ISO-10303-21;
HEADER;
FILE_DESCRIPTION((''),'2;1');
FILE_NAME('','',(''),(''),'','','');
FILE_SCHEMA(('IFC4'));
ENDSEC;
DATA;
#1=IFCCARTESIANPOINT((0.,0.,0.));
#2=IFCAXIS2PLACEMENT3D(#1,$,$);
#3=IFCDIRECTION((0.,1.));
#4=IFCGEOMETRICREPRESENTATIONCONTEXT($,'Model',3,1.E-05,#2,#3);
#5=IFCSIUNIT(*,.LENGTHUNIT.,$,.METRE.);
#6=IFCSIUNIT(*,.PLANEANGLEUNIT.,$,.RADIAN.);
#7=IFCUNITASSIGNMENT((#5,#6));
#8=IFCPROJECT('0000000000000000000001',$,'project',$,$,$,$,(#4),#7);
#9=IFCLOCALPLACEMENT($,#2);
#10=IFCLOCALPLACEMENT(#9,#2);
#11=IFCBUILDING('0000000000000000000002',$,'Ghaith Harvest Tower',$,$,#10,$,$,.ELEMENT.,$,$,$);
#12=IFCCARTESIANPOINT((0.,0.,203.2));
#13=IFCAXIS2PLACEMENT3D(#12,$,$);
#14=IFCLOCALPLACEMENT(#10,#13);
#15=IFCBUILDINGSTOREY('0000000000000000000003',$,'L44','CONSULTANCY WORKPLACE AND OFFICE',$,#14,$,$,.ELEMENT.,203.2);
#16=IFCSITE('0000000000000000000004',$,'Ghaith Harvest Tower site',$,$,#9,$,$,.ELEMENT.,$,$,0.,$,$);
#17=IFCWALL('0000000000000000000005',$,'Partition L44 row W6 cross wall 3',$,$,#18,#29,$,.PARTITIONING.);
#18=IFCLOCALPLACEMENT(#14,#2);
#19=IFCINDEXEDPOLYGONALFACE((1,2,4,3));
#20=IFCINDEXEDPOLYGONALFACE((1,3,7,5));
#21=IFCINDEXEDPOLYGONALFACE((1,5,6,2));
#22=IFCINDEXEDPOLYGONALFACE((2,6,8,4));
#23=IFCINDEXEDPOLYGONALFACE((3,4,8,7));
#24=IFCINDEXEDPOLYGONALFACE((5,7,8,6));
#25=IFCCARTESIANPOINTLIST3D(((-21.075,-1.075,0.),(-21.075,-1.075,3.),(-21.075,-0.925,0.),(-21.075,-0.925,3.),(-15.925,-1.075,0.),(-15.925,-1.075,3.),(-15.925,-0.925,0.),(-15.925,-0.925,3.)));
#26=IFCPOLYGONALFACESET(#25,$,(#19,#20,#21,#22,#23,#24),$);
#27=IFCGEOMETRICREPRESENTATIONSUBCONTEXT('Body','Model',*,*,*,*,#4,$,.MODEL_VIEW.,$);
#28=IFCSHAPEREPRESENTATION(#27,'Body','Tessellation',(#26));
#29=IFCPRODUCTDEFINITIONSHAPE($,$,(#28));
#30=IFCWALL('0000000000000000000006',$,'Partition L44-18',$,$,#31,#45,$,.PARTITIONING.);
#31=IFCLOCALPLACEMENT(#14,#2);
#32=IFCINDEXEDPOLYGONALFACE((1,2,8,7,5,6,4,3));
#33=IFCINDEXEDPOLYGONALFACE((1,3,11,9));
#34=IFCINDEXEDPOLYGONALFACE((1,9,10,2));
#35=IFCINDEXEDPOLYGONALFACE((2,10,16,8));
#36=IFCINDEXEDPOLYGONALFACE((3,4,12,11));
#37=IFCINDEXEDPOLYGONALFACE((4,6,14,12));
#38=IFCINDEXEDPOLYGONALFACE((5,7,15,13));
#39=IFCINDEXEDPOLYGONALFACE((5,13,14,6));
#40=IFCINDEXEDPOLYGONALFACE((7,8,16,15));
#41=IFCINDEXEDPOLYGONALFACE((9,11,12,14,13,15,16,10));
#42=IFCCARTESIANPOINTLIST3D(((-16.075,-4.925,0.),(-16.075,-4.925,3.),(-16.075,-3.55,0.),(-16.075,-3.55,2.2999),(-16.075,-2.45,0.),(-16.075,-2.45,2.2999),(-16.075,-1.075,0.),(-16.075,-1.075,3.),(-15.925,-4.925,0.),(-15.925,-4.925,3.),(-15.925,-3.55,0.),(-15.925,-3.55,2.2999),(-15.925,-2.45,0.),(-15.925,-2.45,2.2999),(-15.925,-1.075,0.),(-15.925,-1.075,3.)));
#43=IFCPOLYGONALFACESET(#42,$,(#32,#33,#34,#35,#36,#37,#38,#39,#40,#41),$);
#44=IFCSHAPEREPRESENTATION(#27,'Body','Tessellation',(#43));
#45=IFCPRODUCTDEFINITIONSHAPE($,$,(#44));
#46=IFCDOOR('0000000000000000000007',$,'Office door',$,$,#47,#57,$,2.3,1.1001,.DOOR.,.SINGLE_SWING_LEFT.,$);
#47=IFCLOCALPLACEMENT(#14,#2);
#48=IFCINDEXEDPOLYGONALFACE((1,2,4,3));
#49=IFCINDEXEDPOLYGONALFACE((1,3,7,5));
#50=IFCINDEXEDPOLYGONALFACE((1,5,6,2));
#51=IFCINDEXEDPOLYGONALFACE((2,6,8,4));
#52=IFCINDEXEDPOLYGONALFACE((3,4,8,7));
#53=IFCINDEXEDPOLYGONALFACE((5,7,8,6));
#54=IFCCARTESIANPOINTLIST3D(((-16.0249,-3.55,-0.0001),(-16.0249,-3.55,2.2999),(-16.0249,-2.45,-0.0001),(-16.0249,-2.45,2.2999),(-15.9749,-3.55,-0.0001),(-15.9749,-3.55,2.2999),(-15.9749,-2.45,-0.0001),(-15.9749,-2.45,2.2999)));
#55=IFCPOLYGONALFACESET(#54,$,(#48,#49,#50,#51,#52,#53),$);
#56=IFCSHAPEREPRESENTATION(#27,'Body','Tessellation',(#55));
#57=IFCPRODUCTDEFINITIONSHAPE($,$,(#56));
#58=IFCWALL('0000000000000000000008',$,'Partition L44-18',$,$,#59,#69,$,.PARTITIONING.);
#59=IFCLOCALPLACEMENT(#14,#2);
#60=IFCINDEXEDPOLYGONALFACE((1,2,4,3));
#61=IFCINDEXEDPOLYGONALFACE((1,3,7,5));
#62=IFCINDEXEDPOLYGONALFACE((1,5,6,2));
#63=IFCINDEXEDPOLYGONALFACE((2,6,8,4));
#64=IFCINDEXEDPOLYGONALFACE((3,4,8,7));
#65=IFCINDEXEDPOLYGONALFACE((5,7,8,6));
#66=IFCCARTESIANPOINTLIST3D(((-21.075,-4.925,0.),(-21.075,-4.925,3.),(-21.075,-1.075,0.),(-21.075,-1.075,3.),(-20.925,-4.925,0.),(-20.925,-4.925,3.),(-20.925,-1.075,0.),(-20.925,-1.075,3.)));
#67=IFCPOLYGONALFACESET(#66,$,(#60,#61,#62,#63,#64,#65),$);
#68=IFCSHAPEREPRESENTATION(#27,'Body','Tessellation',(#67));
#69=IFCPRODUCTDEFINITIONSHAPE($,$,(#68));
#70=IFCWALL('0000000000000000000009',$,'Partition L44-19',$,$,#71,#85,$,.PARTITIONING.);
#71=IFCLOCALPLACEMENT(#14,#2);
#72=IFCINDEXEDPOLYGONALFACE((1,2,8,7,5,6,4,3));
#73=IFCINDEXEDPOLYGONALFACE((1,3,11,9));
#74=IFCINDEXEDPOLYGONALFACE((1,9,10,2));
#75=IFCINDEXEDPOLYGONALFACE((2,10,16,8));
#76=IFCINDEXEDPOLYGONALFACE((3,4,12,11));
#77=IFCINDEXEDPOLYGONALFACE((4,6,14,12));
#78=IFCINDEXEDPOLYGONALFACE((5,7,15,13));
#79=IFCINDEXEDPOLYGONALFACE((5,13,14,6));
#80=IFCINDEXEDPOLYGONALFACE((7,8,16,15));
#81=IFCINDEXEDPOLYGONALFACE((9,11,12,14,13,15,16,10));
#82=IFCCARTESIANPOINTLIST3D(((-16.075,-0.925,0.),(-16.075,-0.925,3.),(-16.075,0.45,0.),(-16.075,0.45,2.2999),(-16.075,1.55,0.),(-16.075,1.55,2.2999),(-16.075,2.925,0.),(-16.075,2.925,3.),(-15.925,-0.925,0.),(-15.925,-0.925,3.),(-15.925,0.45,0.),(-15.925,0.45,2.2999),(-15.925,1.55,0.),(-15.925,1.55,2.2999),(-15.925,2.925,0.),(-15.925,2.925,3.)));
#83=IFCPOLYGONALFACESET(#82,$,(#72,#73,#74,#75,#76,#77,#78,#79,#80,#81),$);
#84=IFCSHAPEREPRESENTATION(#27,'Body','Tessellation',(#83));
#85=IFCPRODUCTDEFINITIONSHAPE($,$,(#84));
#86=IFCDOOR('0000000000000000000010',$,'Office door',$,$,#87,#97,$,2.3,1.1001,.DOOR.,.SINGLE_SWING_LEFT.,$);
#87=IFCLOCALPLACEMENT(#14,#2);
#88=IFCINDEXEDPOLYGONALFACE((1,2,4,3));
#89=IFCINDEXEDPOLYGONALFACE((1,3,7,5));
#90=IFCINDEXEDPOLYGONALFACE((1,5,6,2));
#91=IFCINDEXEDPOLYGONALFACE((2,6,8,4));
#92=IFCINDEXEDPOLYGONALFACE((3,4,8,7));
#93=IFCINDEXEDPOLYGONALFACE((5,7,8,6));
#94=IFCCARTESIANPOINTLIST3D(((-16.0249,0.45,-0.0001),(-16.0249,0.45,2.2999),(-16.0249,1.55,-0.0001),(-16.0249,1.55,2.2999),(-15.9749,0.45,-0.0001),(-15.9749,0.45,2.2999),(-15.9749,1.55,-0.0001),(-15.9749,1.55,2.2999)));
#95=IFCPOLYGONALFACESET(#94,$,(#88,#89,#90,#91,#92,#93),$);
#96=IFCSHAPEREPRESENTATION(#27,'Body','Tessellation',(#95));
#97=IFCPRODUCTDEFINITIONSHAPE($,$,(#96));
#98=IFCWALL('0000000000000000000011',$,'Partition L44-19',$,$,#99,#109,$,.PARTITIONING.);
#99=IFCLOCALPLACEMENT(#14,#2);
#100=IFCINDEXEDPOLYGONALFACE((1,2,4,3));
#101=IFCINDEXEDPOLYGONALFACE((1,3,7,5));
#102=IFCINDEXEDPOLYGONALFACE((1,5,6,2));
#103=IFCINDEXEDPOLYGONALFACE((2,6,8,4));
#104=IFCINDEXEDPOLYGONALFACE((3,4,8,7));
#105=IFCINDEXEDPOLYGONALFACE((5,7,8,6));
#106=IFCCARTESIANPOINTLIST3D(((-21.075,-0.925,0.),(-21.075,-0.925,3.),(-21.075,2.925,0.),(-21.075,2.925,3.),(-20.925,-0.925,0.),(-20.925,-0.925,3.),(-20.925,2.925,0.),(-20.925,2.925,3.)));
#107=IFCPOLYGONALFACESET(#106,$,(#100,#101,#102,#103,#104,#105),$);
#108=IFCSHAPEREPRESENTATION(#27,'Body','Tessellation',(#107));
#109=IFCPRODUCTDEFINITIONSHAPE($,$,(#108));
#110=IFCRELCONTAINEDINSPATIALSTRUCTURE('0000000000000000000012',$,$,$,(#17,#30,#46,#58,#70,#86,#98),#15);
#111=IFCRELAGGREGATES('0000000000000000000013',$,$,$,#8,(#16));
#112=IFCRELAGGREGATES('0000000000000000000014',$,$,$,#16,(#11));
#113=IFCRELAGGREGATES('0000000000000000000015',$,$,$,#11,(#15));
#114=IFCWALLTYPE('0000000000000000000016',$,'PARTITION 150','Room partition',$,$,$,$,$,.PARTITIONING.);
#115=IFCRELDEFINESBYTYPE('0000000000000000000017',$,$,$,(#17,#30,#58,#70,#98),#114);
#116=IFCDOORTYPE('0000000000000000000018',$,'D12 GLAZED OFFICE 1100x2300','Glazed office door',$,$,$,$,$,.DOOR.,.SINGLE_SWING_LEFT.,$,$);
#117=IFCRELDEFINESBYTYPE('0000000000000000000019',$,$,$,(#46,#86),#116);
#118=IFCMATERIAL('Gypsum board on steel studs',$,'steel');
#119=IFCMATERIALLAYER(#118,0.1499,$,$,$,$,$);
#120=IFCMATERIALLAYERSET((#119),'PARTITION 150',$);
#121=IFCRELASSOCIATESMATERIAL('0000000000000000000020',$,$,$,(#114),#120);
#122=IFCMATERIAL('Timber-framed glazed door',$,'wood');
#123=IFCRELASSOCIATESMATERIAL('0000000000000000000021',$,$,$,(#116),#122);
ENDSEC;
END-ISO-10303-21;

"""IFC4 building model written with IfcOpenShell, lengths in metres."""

from ifc_helpers import new_model, si_unit, direction, frame, frame_2d, origin, place, context, subcontext, project, spatial, rectangle, extrude, material, layer, layer_set, type_object, element, fill, save


model = new_model("IFC4")

# Units and contexts
model_context = context("Model", 3, precision=1e-05, world=origin(), true_north=direction((0.0, 1.0)))
body_context = subcontext(model_context, "Body", "Model", "MODEL_VIEW")
ifc_project = project(units=[si_unit("LENGTHUNIT", "METRE"), si_unit("PLANEANGLEUNIT", "RADIAN")], contexts=[model_context])

# Site, building, storey
site_placement = place(None, origin())
site = spatial("IfcSite", under=ifc_project, at=site_placement, Name="Ghaith Harvest Tower site", CompositionType="ELEMENT", RefElevation=0.0)
building_placement = place(site_placement, origin())
building = spatial("IfcBuilding", under=site, at=building_placement, Name="Ghaith Harvest Tower", CompositionType="ELEMENT")
storey_placement = place(building_placement, frame((0.0, 0.0, 203.2)))
storey = spatial("IfcBuildingStorey", under=building, at=storey_placement, Name="L44", Description="CONSULTANCY WORKPLACE AND OFFICE", CompositionType="ELEMENT", Elevation=203.2)

# Wall
ifc_material_1 = material(Name="Gypsum board on steel studs", Category="steel")
ifc_layer_1 = layer(ifc_material_1, 0.1499)
ifc_layer_set_1 = layer_set([ifc_layer_1], Name="PARTITION 150")
wall_type = type_object("IfcWallType", Name="PARTITION 150", Description="Room partition", PredefinedType="PARTITIONING", material=ifc_layer_set_1)
for number, where, z_axis, x_axis, name in (
    (1, (-15.925, -1.0, 0.0), (0.0, 0.0, 1.0), (-1.0, 0.0, 0.0), "Partition L44 row W6 cross wall 3"),
):
    element("IfcWall", number, at=place(storey_placement, frame(where, z_axis=z_axis, x_axis=x_axis)), inside=storey, type_object=wall_type, Name=name, PredefinedType="PARTITIONING", context=body_context, shape_type="SweptSolid", body=[
        extrude(rectangle(XDim=5.1499, YDim=0.1499, at=frame_2d((2.575, 0.0))), origin(), (0.0, 0.0, 1.0), 3.0),
    ])

# Wall, opening, door
wall_1_placement = place(storey_placement, frame((-16.0, -4.925, 0.0), z_axis=(0.0, 0.0, 1.0), x_axis=(0.0, 1.0, 0.0)))
wall_1 = element("IfcWall", 2, at=wall_1_placement, inside=storey, type_object=wall_type, Name="Partition L44-18", PredefinedType="PARTITIONING", context=body_context, shape_type="SweptSolid", body=[
    extrude(rectangle(XDim=3.8501, YDim=0.1499, at=frame_2d((1.925, 0.0))), origin(), (0.0, 0.0, 1.0), 3.0),
])
opening_1_placement = place(wall_1_placement, frame((1.375, 0.0, 0.0)))
opening_1 = element("IfcOpeningElement", 3, at=opening_1_placement, cuts=wall_1, PredefinedType="OPENING", context=body_context, shape_type="SweptSolid", body=[
    extrude(rectangle(XDim=1.1001, YDim=2.3, at=frame_2d((0.55, 1.1499))), frame((0.0, 0.085, 0.0), z_axis=(0.0, -1.0, 0.0), x_axis=(1.0, 0.0, 0.0)), (0.0, 0.0, 1.0), 0.1699),
])
ifc_material_2 = material(Name="Timber-framed glazed door", Category="wood")
door_type = type_object("IfcDoorType", Name="D12 GLAZED OFFICE 1100x2300", Description="Glazed office door", OperationType="SINGLE_SWING_LEFT", PredefinedType="DOOR", material=ifc_material_2)
door_1_placement = place(opening_1_placement, origin())
door_1 = element("IfcDoor", 4, at=door_1_placement, inside=storey, type_object=door_type, Name="Office door", OperationType="SINGLE_SWING_LEFT", OverallHeight=2.3, OverallWidth=1.1001, PredefinedType="DOOR", context=body_context, shape_type="SweptSolid", body=[
    extrude(rectangle(XDim=1.1001, YDim=2.3, at=frame_2d((0.55, 1.1499))), frame((0.0, 0.0249, 0.0), z_axis=(0.0, -1.0, 0.0), x_axis=(1.0, 0.0, 0.0)), (0.0, 0.0, 1.0), 0.05),
])
fill(opening_1, door_1)

# Wall
wall_2_placement = place(storey_placement, frame((-21.0, -4.925, 0.0), z_axis=(0.0, 0.0, 1.0), x_axis=(0.0, 1.0, 0.0)))
element("IfcWall", 5, at=wall_2_placement, inside=storey, type_object=wall_type, Name="Partition L44-18", PredefinedType="PARTITIONING", context=body_context, shape_type="SweptSolid", body=[
    extrude(rectangle(XDim=3.8501, YDim=0.1499, at=frame_2d((1.925, 0.0))), origin(), (0.0, 0.0, 1.0), 3.0),
])

# Wall, opening, door
wall_3_placement = place(storey_placement, frame((-16.0, -0.925, 0.0), z_axis=(0.0, 0.0, 1.0), x_axis=(0.0, 1.0, 0.0)))
wall_3 = element("IfcWall", 6, at=wall_3_placement, inside=storey, type_object=wall_type, Name="Partition L44-19", PredefinedType="PARTITIONING", context=body_context, shape_type="SweptSolid", body=[
    extrude(rectangle(XDim=3.8501, YDim=0.1499, at=frame_2d((1.925, 0.0))), origin(), (0.0, 0.0, 1.0), 3.0),
])
opening_2_placement = place(wall_3_placement, frame((1.375, 0.0, 0.0)))
opening_2 = element("IfcOpeningElement", 7, at=opening_2_placement, cuts=wall_3, PredefinedType="OPENING", context=body_context, shape_type="SweptSolid", body=[
    extrude(rectangle(XDim=1.1001, YDim=2.3, at=frame_2d((0.55, 1.1499))), frame((0.0, 0.085, 0.0), z_axis=(0.0, -1.0, 0.0), x_axis=(1.0, 0.0, 0.0)), (0.0, 0.0, 1.0), 0.1699),
])
door_2_placement = place(opening_2_placement, origin())
door_2 = element("IfcDoor", 8, at=door_2_placement, inside=storey, type_object=door_type, Name="Office door", OperationType="SINGLE_SWING_LEFT", OverallHeight=2.3, OverallWidth=1.1001, PredefinedType="DOOR", context=body_context, shape_type="SweptSolid", body=[
    extrude(rectangle(XDim=1.1001, YDim=2.3, at=frame_2d((0.55, 1.1499))), frame((0.0, 0.0249, 0.0), z_axis=(0.0, -1.0, 0.0), x_axis=(1.0, 0.0, 0.0)), (0.0, 0.0, 1.0), 0.05),
])
fill(opening_2, door_2)

# Wall
wall_4_placement = place(storey_placement, frame((-21.0, -0.925, 0.0), z_axis=(0.0, 0.0, 1.0), x_axis=(0.0, 1.0, 0.0)))
element("IfcWall", 9, at=wall_4_placement, inside=storey, type_object=wall_type, Name="Partition L44-19", PredefinedType="PARTITIONING", context=body_context, shape_type="SweptSolid", body=[
    extrude(rectangle(XDim=3.8501, YDim=0.1499, at=frame_2d((1.925, 0.0))), origin(), (0.0, 0.0, 1.0), 3.0),
])

save(model, "model.ifc")
